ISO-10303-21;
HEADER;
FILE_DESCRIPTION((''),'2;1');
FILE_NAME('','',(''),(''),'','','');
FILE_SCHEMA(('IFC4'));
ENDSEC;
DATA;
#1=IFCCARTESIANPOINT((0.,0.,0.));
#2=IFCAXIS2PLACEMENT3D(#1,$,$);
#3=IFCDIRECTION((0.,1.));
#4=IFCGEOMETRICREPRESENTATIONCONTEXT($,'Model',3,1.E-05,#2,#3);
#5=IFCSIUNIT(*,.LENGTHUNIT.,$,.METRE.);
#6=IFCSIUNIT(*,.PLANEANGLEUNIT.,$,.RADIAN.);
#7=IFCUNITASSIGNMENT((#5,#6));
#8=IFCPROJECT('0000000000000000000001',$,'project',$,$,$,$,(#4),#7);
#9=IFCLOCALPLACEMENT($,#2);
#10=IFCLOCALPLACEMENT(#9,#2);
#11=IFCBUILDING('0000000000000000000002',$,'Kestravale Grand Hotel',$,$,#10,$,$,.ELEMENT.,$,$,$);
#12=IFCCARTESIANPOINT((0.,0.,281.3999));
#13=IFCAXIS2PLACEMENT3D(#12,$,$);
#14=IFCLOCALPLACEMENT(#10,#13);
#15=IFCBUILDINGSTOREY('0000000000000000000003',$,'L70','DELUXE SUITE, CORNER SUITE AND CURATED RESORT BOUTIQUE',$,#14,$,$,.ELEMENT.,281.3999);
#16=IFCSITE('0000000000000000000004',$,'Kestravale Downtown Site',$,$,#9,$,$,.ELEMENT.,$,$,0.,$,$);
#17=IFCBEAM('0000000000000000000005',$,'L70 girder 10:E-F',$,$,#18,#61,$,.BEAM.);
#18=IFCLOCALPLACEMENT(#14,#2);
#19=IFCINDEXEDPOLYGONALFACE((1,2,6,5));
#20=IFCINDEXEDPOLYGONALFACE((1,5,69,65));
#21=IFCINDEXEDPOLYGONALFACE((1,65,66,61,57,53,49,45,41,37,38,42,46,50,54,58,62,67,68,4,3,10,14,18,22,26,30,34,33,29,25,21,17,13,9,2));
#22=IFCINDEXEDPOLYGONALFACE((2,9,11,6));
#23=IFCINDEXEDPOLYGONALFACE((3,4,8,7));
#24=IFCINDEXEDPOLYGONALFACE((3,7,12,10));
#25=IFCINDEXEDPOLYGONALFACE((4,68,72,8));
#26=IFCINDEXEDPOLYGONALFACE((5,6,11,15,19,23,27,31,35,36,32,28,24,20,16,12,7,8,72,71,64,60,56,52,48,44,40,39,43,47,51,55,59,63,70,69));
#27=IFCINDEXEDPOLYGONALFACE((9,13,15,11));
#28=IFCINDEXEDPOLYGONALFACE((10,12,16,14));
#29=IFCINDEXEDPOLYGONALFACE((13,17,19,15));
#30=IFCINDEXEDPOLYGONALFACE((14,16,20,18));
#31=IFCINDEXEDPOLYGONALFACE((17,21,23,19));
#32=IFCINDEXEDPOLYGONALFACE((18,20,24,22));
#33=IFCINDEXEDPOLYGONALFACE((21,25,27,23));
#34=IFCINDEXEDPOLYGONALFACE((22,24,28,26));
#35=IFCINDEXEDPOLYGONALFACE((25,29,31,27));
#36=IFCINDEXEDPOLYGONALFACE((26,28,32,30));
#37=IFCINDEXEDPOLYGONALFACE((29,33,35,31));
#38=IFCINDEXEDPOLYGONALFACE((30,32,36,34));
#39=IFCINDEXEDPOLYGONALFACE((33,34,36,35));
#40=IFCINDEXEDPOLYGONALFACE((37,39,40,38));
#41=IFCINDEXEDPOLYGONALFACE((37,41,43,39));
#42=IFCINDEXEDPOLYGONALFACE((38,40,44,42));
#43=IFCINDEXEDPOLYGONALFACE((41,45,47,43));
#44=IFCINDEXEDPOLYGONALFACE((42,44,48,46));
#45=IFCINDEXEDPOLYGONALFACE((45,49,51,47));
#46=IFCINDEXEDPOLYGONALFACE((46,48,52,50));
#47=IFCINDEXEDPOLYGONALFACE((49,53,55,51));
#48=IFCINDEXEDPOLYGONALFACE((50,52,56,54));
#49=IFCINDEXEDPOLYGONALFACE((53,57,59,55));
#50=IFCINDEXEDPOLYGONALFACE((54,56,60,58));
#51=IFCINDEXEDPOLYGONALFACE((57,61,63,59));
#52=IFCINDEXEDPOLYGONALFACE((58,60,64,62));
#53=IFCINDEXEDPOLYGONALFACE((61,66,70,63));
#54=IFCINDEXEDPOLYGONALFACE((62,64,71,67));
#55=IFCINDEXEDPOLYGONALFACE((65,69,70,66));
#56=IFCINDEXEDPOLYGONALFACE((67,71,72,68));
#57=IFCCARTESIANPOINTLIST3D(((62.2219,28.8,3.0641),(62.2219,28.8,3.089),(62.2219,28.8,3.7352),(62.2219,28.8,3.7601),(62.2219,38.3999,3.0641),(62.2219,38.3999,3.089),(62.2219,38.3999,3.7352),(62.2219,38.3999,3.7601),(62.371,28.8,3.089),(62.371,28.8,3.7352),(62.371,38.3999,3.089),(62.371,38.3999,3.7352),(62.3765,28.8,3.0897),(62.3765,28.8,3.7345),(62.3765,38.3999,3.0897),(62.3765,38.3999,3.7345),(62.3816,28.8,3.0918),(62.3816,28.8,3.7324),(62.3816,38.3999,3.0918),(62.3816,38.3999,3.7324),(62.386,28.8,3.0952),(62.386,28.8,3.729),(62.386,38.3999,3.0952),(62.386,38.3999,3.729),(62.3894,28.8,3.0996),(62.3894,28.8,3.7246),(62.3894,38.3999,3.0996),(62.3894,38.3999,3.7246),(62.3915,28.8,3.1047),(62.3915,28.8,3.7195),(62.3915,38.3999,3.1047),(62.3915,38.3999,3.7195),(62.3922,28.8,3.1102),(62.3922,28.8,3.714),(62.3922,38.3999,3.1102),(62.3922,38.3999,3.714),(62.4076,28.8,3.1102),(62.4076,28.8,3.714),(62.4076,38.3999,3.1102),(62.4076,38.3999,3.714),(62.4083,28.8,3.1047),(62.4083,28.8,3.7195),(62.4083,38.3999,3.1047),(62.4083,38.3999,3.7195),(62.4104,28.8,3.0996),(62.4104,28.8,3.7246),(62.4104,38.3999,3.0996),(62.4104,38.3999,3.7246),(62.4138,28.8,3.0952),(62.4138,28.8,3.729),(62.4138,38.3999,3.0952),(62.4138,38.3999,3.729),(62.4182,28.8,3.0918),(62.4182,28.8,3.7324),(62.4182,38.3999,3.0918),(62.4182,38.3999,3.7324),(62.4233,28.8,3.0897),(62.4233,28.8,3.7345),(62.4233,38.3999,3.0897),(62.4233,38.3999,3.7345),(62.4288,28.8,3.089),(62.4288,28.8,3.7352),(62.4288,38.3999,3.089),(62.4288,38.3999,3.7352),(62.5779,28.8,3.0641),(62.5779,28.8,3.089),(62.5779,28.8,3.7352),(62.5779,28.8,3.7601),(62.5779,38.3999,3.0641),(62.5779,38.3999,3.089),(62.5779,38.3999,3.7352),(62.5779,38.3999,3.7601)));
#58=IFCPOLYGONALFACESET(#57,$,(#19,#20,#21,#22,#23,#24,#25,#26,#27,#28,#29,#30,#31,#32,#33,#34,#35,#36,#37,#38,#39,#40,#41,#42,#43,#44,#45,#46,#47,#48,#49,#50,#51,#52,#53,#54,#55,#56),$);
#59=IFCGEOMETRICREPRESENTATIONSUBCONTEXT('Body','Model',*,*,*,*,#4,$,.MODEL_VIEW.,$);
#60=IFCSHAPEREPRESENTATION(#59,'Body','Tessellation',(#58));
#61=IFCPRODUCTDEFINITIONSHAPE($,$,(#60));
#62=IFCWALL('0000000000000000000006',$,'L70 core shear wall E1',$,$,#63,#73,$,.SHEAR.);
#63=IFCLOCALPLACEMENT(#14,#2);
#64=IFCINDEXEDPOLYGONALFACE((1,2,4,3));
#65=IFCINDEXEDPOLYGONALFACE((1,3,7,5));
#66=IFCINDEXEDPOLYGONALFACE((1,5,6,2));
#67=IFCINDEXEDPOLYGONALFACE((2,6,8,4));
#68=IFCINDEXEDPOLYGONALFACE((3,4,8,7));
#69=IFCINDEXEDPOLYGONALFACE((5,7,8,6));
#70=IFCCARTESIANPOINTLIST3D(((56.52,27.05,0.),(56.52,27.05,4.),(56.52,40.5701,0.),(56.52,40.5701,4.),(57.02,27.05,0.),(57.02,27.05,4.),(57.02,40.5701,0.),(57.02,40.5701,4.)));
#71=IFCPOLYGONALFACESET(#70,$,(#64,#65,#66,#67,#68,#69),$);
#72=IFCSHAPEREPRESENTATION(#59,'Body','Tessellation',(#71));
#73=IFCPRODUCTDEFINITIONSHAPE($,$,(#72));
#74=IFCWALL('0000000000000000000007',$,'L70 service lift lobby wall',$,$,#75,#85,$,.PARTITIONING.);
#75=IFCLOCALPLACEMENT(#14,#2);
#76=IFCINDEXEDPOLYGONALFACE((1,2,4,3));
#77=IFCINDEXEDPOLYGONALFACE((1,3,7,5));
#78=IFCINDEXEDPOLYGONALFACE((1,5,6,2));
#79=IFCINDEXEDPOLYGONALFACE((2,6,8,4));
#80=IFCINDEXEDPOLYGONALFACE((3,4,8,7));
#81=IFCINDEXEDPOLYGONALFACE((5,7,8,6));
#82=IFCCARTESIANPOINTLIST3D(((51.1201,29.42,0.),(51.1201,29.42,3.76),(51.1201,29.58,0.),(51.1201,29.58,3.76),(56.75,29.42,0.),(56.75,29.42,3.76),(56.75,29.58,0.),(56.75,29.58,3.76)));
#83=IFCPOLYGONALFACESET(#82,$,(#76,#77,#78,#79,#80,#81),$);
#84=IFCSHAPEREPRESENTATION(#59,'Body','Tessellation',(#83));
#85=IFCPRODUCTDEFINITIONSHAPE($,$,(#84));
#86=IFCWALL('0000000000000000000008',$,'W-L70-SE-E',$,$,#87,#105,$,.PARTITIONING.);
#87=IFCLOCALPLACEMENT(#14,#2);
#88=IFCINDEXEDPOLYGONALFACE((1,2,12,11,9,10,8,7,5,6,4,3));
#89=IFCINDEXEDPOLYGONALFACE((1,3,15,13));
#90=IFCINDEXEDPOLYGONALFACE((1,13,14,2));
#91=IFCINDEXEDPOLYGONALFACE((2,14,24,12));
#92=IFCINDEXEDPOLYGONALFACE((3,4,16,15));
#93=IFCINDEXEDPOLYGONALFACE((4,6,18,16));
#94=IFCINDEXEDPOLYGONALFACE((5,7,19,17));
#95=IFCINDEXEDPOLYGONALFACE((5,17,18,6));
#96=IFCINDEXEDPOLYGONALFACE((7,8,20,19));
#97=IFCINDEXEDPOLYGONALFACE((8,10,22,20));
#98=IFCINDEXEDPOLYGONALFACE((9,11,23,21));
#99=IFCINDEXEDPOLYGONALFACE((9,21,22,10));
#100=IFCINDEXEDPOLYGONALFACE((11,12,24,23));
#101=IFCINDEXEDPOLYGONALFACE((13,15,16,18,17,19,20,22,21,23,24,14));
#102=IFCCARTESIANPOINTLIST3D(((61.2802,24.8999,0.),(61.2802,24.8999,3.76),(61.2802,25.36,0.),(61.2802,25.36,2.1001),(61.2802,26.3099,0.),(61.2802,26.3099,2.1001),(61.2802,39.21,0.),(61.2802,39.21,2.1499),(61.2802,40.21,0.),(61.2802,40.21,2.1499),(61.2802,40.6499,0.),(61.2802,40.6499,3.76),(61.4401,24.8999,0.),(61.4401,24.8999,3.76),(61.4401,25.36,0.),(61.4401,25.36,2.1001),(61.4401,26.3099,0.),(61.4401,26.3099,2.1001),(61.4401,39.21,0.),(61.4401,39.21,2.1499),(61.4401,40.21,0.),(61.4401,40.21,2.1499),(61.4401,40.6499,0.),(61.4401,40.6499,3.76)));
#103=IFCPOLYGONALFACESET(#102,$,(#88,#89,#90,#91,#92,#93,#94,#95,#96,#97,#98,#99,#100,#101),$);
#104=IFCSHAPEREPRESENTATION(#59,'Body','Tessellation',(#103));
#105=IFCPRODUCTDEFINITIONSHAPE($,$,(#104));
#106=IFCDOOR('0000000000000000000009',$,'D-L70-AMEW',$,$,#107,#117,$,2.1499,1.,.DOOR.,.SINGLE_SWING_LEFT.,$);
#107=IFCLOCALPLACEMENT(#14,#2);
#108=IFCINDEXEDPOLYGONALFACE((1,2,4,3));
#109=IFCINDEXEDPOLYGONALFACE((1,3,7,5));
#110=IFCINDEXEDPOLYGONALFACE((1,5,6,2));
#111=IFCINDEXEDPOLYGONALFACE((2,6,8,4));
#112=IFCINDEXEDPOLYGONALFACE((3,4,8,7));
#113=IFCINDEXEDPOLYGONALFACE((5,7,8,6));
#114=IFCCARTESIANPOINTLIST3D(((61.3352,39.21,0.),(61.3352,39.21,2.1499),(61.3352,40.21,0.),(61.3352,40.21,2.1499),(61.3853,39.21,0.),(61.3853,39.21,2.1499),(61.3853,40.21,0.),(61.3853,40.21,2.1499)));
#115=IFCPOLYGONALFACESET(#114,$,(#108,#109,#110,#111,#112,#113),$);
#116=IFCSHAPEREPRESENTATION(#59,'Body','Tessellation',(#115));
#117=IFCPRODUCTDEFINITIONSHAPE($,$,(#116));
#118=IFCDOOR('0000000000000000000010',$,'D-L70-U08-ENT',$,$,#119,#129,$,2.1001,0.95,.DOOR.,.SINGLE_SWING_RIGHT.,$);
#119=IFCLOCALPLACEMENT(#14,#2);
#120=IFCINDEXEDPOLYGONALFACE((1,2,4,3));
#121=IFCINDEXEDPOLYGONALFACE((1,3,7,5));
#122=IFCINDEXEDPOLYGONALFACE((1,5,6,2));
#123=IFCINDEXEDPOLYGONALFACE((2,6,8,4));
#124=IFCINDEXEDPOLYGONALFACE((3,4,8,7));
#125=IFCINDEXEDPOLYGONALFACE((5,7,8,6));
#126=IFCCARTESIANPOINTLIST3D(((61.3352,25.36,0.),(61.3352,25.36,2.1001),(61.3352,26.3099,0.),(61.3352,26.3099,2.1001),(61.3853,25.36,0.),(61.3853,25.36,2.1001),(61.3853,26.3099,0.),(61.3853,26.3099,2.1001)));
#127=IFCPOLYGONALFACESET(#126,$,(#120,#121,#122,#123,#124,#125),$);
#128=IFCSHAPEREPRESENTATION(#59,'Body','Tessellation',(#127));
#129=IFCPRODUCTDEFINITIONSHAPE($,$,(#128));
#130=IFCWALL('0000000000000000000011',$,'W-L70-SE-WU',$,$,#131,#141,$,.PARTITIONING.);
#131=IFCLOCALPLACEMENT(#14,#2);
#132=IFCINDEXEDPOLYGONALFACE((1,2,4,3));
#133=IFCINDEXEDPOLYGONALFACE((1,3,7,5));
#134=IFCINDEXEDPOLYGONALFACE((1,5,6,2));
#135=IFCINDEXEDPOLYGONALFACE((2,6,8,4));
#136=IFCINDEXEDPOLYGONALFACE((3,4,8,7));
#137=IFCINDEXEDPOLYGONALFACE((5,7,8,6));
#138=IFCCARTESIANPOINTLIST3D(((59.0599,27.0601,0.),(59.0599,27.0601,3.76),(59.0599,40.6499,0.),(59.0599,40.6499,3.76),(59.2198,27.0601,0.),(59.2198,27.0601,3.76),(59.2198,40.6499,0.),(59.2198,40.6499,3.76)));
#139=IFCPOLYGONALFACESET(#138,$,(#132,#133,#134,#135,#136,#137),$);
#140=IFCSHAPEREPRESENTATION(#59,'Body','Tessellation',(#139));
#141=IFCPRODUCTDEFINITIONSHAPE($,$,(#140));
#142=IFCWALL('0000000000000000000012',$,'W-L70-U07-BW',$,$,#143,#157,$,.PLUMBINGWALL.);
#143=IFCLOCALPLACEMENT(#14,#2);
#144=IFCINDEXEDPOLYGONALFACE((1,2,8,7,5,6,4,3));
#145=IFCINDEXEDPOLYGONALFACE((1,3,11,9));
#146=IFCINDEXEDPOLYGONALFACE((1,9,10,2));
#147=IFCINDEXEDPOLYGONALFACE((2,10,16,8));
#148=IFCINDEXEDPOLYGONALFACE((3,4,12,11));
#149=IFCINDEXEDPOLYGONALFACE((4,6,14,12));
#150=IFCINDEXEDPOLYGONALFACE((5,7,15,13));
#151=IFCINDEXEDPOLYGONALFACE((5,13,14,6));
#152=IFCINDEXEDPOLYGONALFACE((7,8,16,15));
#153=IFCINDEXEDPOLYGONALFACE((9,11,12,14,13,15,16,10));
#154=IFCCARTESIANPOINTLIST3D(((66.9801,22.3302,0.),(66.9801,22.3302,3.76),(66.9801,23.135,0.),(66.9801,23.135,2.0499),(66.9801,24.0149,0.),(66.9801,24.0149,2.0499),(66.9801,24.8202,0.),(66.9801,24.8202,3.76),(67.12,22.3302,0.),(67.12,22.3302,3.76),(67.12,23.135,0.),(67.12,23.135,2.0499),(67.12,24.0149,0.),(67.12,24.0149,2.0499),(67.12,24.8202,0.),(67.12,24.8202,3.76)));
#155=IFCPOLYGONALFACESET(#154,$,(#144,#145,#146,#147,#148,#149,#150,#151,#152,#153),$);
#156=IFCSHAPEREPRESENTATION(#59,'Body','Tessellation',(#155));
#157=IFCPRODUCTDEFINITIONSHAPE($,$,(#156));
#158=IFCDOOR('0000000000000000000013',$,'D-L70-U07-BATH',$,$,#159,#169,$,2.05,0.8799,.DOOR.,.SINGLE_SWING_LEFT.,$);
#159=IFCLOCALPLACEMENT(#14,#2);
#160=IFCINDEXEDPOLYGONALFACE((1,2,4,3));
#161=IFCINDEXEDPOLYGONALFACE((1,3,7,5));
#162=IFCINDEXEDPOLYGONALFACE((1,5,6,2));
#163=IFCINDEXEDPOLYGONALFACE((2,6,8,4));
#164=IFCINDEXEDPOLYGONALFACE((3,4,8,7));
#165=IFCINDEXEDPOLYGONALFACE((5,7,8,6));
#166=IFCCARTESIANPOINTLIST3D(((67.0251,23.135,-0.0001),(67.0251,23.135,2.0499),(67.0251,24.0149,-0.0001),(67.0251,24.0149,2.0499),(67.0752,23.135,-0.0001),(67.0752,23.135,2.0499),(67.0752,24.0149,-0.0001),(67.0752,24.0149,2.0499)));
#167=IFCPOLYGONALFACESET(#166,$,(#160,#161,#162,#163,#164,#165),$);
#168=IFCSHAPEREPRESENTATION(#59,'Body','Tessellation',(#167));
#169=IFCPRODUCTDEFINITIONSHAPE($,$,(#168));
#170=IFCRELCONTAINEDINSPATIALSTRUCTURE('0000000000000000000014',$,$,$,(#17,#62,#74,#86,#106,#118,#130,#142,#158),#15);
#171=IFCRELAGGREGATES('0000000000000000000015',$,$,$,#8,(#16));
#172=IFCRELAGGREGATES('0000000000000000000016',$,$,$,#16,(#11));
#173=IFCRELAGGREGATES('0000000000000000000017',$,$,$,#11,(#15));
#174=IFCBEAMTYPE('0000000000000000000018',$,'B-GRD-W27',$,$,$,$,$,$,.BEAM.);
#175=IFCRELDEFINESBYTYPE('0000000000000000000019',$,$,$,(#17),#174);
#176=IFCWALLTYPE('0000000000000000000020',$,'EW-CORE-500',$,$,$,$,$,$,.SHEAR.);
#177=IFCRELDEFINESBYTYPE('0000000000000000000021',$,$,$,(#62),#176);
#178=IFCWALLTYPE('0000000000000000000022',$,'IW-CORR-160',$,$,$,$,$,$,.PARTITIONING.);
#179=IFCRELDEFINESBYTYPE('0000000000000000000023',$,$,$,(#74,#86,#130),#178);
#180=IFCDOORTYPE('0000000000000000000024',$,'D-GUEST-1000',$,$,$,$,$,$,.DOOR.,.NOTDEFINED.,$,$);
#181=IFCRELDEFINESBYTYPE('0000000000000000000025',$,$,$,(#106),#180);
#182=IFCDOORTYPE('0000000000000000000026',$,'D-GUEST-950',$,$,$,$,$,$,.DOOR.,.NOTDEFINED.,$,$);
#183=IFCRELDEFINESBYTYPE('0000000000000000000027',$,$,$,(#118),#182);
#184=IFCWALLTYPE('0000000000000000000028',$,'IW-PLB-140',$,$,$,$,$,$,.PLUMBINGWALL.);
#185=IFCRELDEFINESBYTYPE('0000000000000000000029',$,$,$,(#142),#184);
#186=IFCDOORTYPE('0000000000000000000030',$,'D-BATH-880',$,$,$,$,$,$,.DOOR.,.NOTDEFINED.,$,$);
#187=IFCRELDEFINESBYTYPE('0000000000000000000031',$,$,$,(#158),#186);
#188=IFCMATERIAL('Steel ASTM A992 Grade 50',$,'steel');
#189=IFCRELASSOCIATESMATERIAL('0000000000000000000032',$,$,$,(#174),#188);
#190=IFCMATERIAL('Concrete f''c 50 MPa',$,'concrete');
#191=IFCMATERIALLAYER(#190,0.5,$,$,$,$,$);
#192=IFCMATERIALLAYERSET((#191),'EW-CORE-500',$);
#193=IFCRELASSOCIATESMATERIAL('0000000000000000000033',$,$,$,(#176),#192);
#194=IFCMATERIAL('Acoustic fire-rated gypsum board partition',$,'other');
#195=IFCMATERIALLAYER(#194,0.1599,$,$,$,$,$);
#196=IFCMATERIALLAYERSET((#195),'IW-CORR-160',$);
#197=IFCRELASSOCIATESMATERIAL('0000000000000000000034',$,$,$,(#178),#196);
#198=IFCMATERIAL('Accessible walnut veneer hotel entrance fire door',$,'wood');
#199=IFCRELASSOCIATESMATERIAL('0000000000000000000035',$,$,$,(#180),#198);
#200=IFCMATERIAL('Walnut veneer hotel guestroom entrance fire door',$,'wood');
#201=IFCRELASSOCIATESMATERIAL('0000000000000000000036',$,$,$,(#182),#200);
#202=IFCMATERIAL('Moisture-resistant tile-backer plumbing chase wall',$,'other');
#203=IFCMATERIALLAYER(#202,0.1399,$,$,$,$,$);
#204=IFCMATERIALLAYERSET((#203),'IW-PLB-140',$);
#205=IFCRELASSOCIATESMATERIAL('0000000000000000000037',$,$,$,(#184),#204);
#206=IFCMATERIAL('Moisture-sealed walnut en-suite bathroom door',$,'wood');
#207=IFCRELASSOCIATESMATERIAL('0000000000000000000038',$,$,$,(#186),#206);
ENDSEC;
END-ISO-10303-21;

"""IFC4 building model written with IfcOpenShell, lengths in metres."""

from ifc_helpers import new_model, si_unit, direction, frame, frame_2d, origin, origin_2d, place, context, subcontext, project, spatial, rectangle, i_section, extrude, material, layer, layer_set, material_profile, profile_set, type_object, element, fill, save


model = new_model("IFC4")

# Units and contexts
model_context = context("Model", 3, precision=1e-05, world=origin(), true_north=direction((0.0, 1.0)))
body_context = subcontext(model_context, "Body", "Model", "MODEL_VIEW")
ifc_project = project(units=[si_unit("LENGTHUNIT", "METRE"), si_unit("PLANEANGLEUNIT", "RADIAN")], contexts=[model_context])

# Site, building, storey
site_placement = place(None, origin())
site = spatial("IfcSite", under=ifc_project, at=site_placement, Name="Kestravale Downtown Site", CompositionType="ELEMENT", RefElevation=0.0)
building_placement = place(site_placement, origin())
building = spatial("IfcBuilding", under=site, at=building_placement, Name="Kestravale Grand Hotel", CompositionType="ELEMENT")
storey_placement = place(building_placement, frame((0.0, 0.0, 281.3999)))
storey = spatial("IfcBuildingStorey", under=building, at=storey_placement, Name="L70", Description="DELUXE SUITE, CORNER SUITE AND CURATED RESORT BOUTIQUE", CompositionType="ELEMENT", Elevation=281.3999)

# Beam
ifc_material_1 = material(Name="Steel ASTM A992 Grade 50", Category="steel")
ifc_material_profile_1 = material_profile(ifc_material_1, i_section(OverallWidth=0.356, OverallDepth=0.696, WebThickness=0.0154, FlangeThickness=0.0249, FilletRadius=0.0212, at=origin_2d()))
ifc_profile_set_1 = profile_set([ifc_material_profile_1], Name="Steel ASTM A992 Grade 50")
beam_type = type_object("IfcBeamType", Name="B-GRD-W27", PredefinedType="BEAM", material=ifc_profile_set_1)
beam_1_placement = place(storey_placement, frame((62.3999, 28.8, 3.4121), z_axis=(0.0, 1.0, 0.0), x_axis=(-1.0, 0.0, 0.0)))
element("IfcBeam", 1, at=beam_1_placement, inside=storey, type_object=beam_type, Name="L70 girder 10:E-F", PredefinedType="BEAM", context=body_context, shape_type="SweptSolid", body=[
    extrude(i_section(OverallWidth=0.356, OverallDepth=0.696, WebThickness=0.0154, FlangeThickness=0.0249, FilletRadius=0.0212, at=origin_2d()), origin(), (0.0, 0.0, 1.0), 9.5999),
])

# Wall
ifc_material_2 = material(Name="Concrete f'c 50 MPa", Category="concrete")
ifc_layer_1 = layer(ifc_material_2, 0.5)
ifc_layer_set_1 = layer_set([ifc_layer_1], Name="EW-CORE-500")
wall_type_1 = type_object("IfcWallType", Name="EW-CORE-500", PredefinedType="SHEAR", material=ifc_layer_set_1)
wall_1_placement = place(storey_placement, frame((56.77, 27.05, 0.0), z_axis=(0.0, 0.0, 1.0), x_axis=(0.0, 1.0, 0.0)))
element("IfcWall", 2, at=wall_1_placement, inside=storey, type_object=wall_type_1, Name="L70 core shear wall E1", PredefinedType="SHEAR", context=body_context, shape_type="SweptSolid", body=[
    extrude(rectangle(XDim=13.52, YDim=0.5, at=frame_2d((6.76, 0.0))), origin(), (0.0, 0.0, 1.0), 4.0),
])

# Shared definitions
ifc_material_3 = material(Name="Acoustic fire-rated gypsum board partition", Category="other")
ifc_layer_2 = layer(ifc_material_3, 0.1599)
ifc_layer_set_2 = layer_set([ifc_layer_2], Name="IW-CORR-160")
wall_type_2 = type_object("IfcWallType", Name="IW-CORR-160", PredefinedType="PARTITIONING", material=ifc_layer_set_2)

# Wall
wall_2_placement = place(storey_placement, frame((51.1201, 29.5, 0.0), z_axis=(0.0, 0.0, 1.0), x_axis=(1.0, 0.0, 0.0)))
element("IfcWall", 3, at=wall_2_placement, inside=storey, type_object=wall_type_2, Name="L70 service lift lobby wall", PredefinedType="PARTITIONING", context=body_context, shape_type="SweptSolid", body=[
    extrude(rectangle(XDim=5.6299, YDim=0.1599, at=frame_2d((2.8149, 0.0))), origin(), (0.0, 0.0, 1.0), 3.76),
])

# Wall, openings, doors
wall_3_placement = place(storey_placement, frame((61.3601, 24.8999, 0.0), z_axis=(0.0, 0.0, 1.0), x_axis=(0.0, 1.0, 0.0)))
wall_3 = element("IfcWall", 4, at=wall_3_placement, inside=storey, type_object=wall_type_2, Name="W-L70-SE-E", PredefinedType="PARTITIONING", context=body_context, shape_type="SweptSolid", body=[
    extrude(rectangle(XDim=15.75, YDim=0.1599, at=frame_2d((7.875, 0.0))), origin(), (0.0, 0.0, 1.0), 3.76),
])
opening_1_placement = place(wall_3_placement, frame((0.46, 0.0, 0.0)))
opening_1 = element("IfcOpeningElement", 5, at=opening_1_placement, cuts=wall_3, PredefinedType="OPENING", context=body_context, shape_type="SweptSolid", body=[
    extrude(rectangle(XDim=0.95, YDim=2.1001, at=frame_2d((0.4751, 1.05))), frame((0.0, 0.0898, 0.0), z_axis=(0.0, -1.0, 0.0), x_axis=(1.0, 0.0, 0.0)), (0.0, 0.0, 1.0), 0.1799),
])
opening_2_placement = place(wall_3_placement, frame((14.3101, 0.0, 0.0)))
opening_2 = element("IfcOpeningElement", 6, at=opening_2_placement, cuts=wall_3, PredefinedType="OPENING", context=body_context, shape_type="SweptSolid", body=[
    extrude(rectangle(XDim=1.0, YDim=2.1499, at=frame_2d((0.5, 1.075))), frame((0.0, 0.0898, 0.0), z_axis=(0.0, -1.0, 0.0), x_axis=(1.0, 0.0, 0.0)), (0.0, 0.0, 1.0), 0.1799),
])
ifc_material_4 = material(Name="Accessible walnut veneer hotel entrance fire door", Category="wood")
door_type_1 = type_object("IfcDoorType", Name="D-GUEST-1000", OperationType="NOTDEFINED", PredefinedType="DOOR", material=ifc_material_4)
door_1_placement = place(opening_2_placement, origin())
door_1 = element("IfcDoor", 7, at=door_1_placement, inside=storey, type_object=door_type_1, Name="D-L70-AMEW", OperationType="SINGLE_SWING_LEFT", OverallHeight=2.1499, OverallWidth=1.0, PredefinedType="DOOR", context=body_context, shape_type="SweptSolid", body=[
    extrude(rectangle(XDim=1.0, YDim=2.1499, at=frame_2d((0.5, 1.075))), frame((0.0, 0.0249, 0.0), z_axis=(0.0, -1.0, 0.0), x_axis=(1.0, 0.0, 0.0)), (0.0, 0.0, 1.0), 0.05),
])
fill(opening_2, door_1)
ifc_material_5 = material(Name="Walnut veneer hotel guestroom entrance fire door", Category="wood")
door_type_2 = type_object("IfcDoorType", Name="D-GUEST-950", OperationType="NOTDEFINED", PredefinedType="DOOR", material=ifc_material_5)
door_2_placement = place(opening_1_placement, origin())
door_2 = element("IfcDoor", 8, at=door_2_placement, inside=storey, type_object=door_type_2, Name="D-L70-U08-ENT", OperationType="SINGLE_SWING_RIGHT", OverallHeight=2.1001, OverallWidth=0.95, PredefinedType="DOOR", context=body_context, shape_type="SweptSolid", body=[
    extrude(rectangle(XDim=0.95, YDim=2.1001, at=frame_2d((0.4751, 1.05))), frame((0.0, 0.0249, 0.0), z_axis=(0.0, -1.0, 0.0), x_axis=(1.0, 0.0, 0.0)), (0.0, 0.0, 1.0), 0.05),
])
fill(opening_1, door_2)

# Wall
wall_4_placement = place(storey_placement, frame((59.1399, 27.0601, 0.0), z_axis=(0.0, 0.0, 1.0), x_axis=(0.0, 1.0, 0.0)))
element("IfcWall", 9, at=wall_4_placement, inside=storey, type_object=wall_type_2, Name="W-L70-SE-WU", PredefinedType="PARTITIONING", context=body_context, shape_type="SweptSolid", body=[
    extrude(rectangle(XDim=13.5898, YDim=0.1599, at=frame_2d((6.7949, 0.0))), origin(), (0.0, 0.0, 1.0), 3.76),
])

# Wall, opening, door
ifc_material_6 = material(Name="Moisture-resistant tile-backer plumbing chase wall", Category="other")
ifc_layer_3 = layer(ifc_material_6, 0.1399)
ifc_layer_set_3 = layer_set([ifc_layer_3], Name="IW-PLB-140")
wall_type_3 = type_object("IfcWallType", Name="IW-PLB-140", PredefinedType="PLUMBINGWALL", material=ifc_layer_set_3)
wall_5_placement = place(storey_placement, frame((67.05, 22.3301, 0.0), z_axis=(0.0, 0.0, 1.0), x_axis=(0.0, 1.0, 0.0)))
wall_5 = element("IfcWall", 10, at=wall_5_placement, inside=storey, type_object=wall_type_3, Name="W-L70-U07-BW", PredefinedType="PLUMBINGWALL", context=body_context, shape_type="SweptSolid", body=[
    extrude(rectangle(XDim=2.49, YDim=0.1399, at=frame_2d((1.2451, 0.0))), origin(), (0.0, 0.0, 1.0), 3.76),
])
opening_3_placement = place(wall_5_placement, frame((0.8049, 0.0, 0.0)))
opening_3 = element("IfcOpeningElement", 11, at=opening_3_placement, cuts=wall_5, PredefinedType="OPENING", context=body_context, shape_type="SweptSolid", body=[
    extrude(rectangle(XDim=0.8799, YDim=2.05, at=frame_2d((0.4399, 1.0249))), frame((0.0, 0.0798, 0.0), z_axis=(0.0, -1.0, 0.0), x_axis=(1.0, 0.0, 0.0)), (0.0, 0.0, 1.0), 0.1599),
])
ifc_material_7 = material(Name="Moisture-sealed walnut en-suite bathroom door", Category="wood")
door_type_3 = type_object("IfcDoorType", Name="D-BATH-880", OperationType="NOTDEFINED", PredefinedType="DOOR", material=ifc_material_7)
door_3_placement = place(opening_3_placement, origin())
door_3 = element("IfcDoor", 12, at=door_3_placement, inside=storey, type_object=door_type_3, Name="D-L70-U07-BATH", OperationType="SINGLE_SWING_LEFT", OverallHeight=2.05, OverallWidth=0.8799, PredefinedType="DOOR", context=body_context, shape_type="SweptSolid", body=[
    extrude(rectangle(XDim=0.8799, YDim=2.05, at=frame_2d((0.4399, 1.0249))), frame((0.0, 0.0249, 0.0), z_axis=(0.0, -1.0, 0.0), x_axis=(1.0, 0.0, 0.0)), (0.0, 0.0, 1.0), 0.05),
])
fill(opening_3, door_3)

save(model, "model.ifc")
